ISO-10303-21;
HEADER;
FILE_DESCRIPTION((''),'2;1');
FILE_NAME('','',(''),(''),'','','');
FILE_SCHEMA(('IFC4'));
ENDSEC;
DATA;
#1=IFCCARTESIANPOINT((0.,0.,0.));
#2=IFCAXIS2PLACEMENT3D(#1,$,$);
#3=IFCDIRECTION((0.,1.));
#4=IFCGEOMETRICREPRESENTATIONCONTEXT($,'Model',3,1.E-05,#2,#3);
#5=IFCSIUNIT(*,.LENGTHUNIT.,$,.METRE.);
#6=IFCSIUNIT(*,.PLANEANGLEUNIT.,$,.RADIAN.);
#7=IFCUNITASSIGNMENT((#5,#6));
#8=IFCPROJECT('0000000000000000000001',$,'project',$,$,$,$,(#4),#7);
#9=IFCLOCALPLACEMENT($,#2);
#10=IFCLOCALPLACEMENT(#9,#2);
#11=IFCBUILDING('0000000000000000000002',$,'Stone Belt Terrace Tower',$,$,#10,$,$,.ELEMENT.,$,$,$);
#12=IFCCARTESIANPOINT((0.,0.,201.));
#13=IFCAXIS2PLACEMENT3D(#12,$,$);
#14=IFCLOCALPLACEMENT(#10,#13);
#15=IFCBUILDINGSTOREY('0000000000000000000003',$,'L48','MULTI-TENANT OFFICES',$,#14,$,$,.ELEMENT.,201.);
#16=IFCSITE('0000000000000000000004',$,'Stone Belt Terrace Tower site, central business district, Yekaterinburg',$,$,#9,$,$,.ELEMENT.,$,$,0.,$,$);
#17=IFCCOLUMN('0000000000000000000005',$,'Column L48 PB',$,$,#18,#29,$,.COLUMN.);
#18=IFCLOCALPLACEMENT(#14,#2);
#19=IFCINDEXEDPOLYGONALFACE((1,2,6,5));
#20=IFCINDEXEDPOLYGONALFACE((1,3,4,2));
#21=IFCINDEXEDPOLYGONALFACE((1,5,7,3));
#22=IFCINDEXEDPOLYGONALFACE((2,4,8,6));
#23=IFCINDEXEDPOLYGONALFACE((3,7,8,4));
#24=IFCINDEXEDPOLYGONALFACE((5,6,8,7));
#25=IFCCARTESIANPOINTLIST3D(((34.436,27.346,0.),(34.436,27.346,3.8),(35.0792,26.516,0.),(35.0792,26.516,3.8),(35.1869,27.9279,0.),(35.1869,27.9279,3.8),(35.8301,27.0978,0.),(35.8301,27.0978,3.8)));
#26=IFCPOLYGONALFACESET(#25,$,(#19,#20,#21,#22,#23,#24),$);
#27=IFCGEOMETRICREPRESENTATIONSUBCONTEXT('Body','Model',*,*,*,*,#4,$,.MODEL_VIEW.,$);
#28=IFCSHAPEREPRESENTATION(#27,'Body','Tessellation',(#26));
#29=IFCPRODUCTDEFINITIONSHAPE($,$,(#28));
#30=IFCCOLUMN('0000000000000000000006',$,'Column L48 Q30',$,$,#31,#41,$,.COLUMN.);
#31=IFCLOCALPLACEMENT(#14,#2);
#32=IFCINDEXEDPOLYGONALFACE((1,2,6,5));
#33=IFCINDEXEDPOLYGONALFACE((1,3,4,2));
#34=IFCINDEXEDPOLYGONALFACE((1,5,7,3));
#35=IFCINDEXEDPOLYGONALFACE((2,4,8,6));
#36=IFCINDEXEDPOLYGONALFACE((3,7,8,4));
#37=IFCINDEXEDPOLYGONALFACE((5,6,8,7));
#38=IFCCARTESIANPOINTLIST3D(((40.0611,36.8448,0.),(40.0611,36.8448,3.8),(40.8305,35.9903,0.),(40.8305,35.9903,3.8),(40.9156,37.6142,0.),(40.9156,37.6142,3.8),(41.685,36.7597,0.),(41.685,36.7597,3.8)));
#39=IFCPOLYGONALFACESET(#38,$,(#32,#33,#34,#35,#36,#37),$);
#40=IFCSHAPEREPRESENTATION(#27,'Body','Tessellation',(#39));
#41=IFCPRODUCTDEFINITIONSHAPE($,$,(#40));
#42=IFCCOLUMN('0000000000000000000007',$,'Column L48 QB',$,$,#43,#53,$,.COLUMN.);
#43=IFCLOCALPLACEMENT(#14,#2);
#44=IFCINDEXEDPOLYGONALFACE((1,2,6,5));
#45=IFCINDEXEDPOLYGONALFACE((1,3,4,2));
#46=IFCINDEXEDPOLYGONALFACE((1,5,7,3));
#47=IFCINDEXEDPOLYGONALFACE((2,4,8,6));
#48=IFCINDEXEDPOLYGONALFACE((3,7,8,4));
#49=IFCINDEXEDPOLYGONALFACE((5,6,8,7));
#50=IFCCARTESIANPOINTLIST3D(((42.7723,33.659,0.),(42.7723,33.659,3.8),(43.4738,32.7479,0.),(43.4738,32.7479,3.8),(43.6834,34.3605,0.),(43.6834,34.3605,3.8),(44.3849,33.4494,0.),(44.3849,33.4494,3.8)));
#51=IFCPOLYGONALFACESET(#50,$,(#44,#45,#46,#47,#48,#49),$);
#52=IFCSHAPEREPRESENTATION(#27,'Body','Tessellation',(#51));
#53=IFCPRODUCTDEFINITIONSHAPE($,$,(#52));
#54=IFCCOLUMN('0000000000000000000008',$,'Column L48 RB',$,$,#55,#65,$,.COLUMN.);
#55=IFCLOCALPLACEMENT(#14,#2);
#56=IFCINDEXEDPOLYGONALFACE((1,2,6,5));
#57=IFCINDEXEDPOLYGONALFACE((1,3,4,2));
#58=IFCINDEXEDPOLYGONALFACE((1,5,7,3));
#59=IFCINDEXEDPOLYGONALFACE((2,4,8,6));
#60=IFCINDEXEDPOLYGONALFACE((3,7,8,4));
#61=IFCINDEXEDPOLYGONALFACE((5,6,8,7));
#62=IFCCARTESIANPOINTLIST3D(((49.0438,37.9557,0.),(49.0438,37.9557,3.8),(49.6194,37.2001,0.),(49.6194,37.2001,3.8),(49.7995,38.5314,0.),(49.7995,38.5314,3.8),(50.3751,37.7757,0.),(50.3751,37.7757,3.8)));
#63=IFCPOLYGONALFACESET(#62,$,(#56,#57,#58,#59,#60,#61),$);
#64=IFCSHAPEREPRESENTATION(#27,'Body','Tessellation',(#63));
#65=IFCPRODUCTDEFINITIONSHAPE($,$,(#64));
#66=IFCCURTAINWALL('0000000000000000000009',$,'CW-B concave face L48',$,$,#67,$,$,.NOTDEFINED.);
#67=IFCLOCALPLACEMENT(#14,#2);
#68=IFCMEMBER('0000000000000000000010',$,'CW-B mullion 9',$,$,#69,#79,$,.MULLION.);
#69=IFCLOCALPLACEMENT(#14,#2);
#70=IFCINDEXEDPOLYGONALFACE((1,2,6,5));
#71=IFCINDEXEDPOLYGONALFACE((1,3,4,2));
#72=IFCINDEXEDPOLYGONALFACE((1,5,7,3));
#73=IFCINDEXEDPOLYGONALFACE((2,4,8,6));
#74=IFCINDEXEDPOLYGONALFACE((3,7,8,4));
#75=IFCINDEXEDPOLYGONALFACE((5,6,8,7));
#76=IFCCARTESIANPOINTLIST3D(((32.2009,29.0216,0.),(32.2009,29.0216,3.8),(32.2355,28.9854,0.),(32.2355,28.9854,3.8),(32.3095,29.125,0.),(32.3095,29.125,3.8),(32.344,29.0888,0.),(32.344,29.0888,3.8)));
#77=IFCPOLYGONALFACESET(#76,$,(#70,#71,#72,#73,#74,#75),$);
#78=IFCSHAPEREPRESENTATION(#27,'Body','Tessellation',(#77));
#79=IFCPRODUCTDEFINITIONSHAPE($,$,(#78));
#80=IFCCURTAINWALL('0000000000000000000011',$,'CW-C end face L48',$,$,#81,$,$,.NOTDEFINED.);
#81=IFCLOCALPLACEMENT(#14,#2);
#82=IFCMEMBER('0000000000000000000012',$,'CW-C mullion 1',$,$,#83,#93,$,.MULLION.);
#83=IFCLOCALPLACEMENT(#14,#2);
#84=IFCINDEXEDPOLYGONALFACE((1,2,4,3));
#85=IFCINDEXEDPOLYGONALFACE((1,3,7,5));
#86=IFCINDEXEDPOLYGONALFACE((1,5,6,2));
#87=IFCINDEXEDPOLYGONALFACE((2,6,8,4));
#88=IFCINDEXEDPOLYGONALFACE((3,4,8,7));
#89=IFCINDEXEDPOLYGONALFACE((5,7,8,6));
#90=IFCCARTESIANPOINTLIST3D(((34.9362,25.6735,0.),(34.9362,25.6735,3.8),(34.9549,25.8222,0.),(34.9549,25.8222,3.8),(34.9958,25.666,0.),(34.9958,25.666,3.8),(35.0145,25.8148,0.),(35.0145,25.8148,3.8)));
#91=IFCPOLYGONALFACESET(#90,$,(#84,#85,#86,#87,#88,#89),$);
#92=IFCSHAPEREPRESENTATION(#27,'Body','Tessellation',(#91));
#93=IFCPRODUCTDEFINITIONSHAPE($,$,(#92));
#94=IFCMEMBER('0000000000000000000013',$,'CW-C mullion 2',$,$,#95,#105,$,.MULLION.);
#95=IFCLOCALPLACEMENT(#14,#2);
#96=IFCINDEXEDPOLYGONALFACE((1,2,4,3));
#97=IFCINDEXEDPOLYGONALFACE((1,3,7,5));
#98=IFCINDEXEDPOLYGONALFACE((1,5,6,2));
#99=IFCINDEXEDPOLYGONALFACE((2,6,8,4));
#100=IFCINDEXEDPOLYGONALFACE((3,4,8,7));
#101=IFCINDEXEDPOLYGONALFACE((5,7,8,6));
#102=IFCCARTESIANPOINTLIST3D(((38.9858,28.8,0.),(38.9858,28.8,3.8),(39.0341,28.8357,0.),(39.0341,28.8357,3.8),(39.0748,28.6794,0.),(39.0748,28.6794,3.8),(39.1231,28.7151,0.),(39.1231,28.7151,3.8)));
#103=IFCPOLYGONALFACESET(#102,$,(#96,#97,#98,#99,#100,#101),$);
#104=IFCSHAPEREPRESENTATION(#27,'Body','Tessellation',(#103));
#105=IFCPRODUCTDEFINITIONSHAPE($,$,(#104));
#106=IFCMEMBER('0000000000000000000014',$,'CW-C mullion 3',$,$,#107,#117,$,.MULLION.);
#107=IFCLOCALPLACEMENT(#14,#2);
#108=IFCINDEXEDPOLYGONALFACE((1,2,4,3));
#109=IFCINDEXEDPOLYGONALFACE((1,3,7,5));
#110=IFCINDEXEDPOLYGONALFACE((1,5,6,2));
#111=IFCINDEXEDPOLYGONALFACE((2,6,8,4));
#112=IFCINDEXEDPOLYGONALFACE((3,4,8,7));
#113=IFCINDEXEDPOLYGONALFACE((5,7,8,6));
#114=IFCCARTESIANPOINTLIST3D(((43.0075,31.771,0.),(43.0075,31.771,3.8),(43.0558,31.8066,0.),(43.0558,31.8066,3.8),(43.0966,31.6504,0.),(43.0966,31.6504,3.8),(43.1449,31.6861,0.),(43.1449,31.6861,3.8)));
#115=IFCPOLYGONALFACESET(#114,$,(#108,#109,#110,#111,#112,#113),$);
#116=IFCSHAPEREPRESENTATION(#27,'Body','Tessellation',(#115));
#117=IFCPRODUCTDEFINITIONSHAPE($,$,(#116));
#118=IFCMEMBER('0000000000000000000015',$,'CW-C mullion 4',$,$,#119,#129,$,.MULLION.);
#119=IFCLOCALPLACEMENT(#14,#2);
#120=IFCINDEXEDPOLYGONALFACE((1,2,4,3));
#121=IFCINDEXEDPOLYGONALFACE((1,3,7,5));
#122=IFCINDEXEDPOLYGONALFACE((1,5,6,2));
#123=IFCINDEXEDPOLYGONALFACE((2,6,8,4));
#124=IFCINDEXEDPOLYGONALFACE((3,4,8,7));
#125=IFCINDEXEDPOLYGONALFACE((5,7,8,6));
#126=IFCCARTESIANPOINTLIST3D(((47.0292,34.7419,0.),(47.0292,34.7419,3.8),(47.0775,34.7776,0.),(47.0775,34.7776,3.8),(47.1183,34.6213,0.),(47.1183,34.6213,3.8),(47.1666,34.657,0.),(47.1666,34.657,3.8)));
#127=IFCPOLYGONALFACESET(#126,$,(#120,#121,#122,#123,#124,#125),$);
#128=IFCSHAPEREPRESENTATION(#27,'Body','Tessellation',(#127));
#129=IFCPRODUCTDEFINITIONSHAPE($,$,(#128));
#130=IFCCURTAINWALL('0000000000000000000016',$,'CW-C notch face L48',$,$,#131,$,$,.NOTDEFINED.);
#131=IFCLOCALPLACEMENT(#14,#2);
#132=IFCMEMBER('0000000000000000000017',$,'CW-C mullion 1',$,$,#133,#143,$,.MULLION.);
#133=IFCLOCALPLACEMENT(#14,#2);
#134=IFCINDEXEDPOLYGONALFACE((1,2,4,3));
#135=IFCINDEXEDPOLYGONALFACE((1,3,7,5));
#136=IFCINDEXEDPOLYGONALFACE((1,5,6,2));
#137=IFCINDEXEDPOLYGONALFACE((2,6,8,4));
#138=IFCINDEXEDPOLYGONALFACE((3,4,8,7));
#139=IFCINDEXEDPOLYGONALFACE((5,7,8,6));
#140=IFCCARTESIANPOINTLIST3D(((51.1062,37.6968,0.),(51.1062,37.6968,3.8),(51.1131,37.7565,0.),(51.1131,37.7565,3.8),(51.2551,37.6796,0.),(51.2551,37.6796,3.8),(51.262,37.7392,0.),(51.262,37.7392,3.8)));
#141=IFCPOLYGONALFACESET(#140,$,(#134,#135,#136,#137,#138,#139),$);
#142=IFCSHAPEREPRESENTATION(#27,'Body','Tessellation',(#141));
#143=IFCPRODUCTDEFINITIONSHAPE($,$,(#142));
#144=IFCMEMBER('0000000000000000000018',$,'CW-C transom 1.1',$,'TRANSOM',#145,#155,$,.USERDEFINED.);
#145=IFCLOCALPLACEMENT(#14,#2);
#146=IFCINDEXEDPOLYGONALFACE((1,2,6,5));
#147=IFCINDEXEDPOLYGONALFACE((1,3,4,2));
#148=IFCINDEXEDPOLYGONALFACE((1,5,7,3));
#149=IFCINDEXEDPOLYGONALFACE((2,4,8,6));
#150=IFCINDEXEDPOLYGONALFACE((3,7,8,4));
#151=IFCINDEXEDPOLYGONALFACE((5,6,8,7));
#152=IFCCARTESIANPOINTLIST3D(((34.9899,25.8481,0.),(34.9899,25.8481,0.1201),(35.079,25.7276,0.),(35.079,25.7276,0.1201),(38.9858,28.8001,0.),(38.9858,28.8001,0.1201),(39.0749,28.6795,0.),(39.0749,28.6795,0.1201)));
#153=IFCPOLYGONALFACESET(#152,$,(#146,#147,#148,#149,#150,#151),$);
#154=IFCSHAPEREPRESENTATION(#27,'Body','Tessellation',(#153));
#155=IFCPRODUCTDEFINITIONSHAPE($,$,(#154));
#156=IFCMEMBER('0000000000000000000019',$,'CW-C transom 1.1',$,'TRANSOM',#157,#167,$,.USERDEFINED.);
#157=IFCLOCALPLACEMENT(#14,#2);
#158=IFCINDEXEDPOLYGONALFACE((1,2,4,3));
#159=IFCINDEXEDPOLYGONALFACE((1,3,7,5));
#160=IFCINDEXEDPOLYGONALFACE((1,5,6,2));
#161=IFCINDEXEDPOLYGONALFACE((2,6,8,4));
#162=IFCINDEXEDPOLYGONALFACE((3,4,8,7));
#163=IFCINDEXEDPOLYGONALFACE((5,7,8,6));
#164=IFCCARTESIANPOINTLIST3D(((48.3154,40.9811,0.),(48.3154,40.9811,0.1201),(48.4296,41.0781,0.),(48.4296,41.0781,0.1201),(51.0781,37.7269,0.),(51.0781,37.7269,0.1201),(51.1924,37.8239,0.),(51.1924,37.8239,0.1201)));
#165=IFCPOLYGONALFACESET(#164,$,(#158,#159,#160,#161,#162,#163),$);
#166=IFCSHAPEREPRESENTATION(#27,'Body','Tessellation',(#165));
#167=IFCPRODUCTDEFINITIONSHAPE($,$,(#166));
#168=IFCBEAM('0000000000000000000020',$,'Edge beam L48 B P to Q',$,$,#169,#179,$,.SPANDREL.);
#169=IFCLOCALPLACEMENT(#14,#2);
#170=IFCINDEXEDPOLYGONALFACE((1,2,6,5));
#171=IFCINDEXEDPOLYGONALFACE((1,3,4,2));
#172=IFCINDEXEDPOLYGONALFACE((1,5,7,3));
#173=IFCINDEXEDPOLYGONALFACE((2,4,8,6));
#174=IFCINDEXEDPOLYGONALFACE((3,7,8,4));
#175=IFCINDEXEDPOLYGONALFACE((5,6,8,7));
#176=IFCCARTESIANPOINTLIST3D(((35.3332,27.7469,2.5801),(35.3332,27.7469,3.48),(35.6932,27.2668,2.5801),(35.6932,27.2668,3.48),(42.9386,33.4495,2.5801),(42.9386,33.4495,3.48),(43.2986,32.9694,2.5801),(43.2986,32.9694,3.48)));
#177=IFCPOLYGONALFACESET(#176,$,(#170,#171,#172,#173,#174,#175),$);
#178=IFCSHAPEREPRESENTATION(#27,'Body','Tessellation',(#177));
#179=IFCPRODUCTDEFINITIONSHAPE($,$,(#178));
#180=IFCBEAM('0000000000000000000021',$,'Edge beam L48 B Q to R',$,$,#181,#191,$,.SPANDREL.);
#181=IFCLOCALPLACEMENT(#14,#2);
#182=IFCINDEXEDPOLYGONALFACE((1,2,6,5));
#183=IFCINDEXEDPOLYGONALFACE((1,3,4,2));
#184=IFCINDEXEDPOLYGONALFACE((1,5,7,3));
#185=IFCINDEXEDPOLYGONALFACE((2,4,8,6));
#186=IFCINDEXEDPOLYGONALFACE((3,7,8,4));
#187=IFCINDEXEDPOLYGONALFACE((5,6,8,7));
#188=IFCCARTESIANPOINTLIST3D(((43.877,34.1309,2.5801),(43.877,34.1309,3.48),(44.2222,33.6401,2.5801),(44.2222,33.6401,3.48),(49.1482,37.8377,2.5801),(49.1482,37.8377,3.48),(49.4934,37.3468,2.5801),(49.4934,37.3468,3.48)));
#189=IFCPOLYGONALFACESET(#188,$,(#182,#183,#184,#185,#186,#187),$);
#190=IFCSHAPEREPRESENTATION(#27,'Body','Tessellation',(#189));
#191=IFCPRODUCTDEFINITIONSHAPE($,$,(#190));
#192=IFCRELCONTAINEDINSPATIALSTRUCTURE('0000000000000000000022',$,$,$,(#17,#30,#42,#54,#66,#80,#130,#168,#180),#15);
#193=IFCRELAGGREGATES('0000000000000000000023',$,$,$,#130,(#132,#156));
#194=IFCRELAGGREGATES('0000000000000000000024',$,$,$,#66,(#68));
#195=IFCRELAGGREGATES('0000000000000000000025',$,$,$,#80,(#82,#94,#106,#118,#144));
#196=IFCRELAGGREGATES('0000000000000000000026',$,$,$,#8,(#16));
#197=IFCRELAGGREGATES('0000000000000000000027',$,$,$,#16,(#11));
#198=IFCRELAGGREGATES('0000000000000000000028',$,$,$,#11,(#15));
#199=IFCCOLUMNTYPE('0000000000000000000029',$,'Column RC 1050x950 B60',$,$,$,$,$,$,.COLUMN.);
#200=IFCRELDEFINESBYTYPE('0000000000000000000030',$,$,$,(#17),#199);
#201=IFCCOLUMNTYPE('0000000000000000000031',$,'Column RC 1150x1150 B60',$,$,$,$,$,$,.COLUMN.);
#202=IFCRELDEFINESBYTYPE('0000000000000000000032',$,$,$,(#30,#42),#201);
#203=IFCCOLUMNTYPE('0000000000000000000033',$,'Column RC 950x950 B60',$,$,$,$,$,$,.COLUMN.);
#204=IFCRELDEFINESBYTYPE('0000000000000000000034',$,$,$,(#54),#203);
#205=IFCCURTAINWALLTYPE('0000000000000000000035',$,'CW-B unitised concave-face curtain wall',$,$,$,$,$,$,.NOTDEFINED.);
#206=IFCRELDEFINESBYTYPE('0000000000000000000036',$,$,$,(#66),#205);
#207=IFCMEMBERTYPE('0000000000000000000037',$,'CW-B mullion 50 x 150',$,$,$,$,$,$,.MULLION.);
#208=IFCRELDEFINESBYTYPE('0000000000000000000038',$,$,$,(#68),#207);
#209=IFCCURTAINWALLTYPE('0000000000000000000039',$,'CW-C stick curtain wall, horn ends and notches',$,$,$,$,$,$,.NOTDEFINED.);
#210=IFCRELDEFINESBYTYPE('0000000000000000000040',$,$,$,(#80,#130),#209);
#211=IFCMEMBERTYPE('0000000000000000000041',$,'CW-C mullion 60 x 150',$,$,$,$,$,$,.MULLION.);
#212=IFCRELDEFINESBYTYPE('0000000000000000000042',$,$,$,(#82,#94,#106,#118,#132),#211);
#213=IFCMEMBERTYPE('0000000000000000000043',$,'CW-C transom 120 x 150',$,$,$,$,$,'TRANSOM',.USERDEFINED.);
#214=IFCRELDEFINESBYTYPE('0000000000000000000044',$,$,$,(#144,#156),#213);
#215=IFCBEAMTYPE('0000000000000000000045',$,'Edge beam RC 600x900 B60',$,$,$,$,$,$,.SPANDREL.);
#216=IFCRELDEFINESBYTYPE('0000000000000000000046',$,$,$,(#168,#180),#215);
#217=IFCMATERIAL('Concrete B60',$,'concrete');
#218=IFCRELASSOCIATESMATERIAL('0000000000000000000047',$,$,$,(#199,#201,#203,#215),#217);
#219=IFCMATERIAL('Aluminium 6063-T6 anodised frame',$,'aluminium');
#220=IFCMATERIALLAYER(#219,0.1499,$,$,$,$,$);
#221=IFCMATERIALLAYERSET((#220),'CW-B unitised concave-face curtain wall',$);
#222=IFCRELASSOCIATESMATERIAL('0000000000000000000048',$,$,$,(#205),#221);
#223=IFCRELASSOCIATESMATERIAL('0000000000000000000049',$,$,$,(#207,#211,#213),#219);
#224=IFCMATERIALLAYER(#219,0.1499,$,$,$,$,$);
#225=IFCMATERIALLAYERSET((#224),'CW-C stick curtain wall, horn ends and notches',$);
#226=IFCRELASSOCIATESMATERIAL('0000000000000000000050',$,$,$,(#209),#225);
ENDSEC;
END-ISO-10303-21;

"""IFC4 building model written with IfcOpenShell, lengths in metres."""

from ifc_helpers import new_model, si_unit, direction, frame, origin, origin_2d, place, context, subcontext, project, spatial, rectangle, extrude, material, layer, layer_set, material_profile, profile_set, type_object, element, aggregate, save


model = new_model("IFC4")

# Units and contexts
model_context = context("Model", 3, precision=1e-05, world=origin(), true_north=direction((0.0, 1.0)))
body_context = subcontext(model_context, "Body", "Model", "MODEL_VIEW")
ifc_project = project(units=[si_unit("LENGTHUNIT", "METRE"), si_unit("PLANEANGLEUNIT", "RADIAN")], contexts=[model_context])

# Site, building, storey
site_placement = place(None, origin())
site = spatial("IfcSite", under=ifc_project, at=site_placement, Name="Stone Belt Terrace Tower site, central business district, Yekaterinburg", CompositionType="ELEMENT", RefElevation=0.0)
building_placement = place(site_placement, origin())
building = spatial("IfcBuilding", under=site, at=building_placement, Name="Stone Belt Terrace Tower", CompositionType="ELEMENT")
storey_placement = place(building_placement, frame((0.0, 0.0, 201.0)))
storey = spatial("IfcBuildingStorey", under=building, at=storey_placement, Name="L48", Description="MULTI-TENANT OFFICES", CompositionType="ELEMENT", Elevation=201.0)

# Columns
ifc_material_1 = material(Name="Concrete B60", Category="concrete")
ifc_material_profile_1 = material_profile(ifc_material_1, rectangle(XDim=1.05, YDim=0.95, at=origin_2d()), Name="RC 1050x950")
ifc_profile_set_1 = profile_set([ifc_material_profile_1], Name="Concrete B60")
column_type_1 = type_object("IfcColumnType", Name="Column RC 1050x950 B60", PredefinedType="COLUMN", material=ifc_profile_set_1)
column_1_placement = place(storey_placement, frame((35.1331, 27.2219, 0.0), z_axis=(0.0, 0.0, 1.0), x_axis=(0.612485, -0.790482, 0.0)))
element("IfcColumn", 1, at=column_1_placement, inside=storey, type_object=column_type_1, Name="Column L48 PB", PredefinedType="COLUMN", context=body_context, shape_type="SweptSolid", body=[
    extrude(rectangle(XDim=1.05, YDim=0.95, at=origin_2d()), origin(), (0.0, 0.0, 1.0), 3.8),
])
ifc_material_profile_2 = material_profile(ifc_material_1, rectangle(XDim=1.1499, YDim=1.1499, at=origin_2d()), Name="RC 1150x1150")
ifc_profile_set_2 = profile_set([ifc_material_profile_2], Name="Concrete B60")
column_type_2 = type_object("IfcColumnType", Name="Column RC 1150x1150 B60", PredefinedType="COLUMN", material=ifc_profile_set_2)
for number, where, z_axis, x_axis, name in (
    (2, (40.873, 36.8022, 0.0), (0.0, 0.0, 1.0), (0.669131, -0.743145, 0.0), "Column L48 Q30"),
    (3, (43.5786, 33.5542, 0.0), (0.0, 0.0, 1.0), (0.610079, -0.792341, 0.0), "Column L48 QB"),
):
    element("IfcColumn", number, at=place(storey_placement, frame(where, z_axis=z_axis, x_axis=x_axis)), inside=storey, type_object=column_type_2, Name=name, PredefinedType="COLUMN", context=body_context, shape_type="SweptSolid", body=[
        extrude(rectangle(XDim=1.1499, YDim=1.1499, at=origin_2d()), origin(), (0.0, 0.0, 1.0), 3.8),
    ])
ifc_material_profile_3 = material_profile(ifc_material_1, rectangle(XDim=0.95, YDim=0.95, at=origin_2d()), Name="RC 950x950")
ifc_profile_set_3 = profile_set([ifc_material_profile_3], Name="Concrete B60")
column_type_3 = type_object("IfcColumnType", Name="Column RC 950x950 B60", PredefinedType="COLUMN", material=ifc_profile_set_3)
column_2_placement = place(storey_placement, frame((49.7095, 37.8657, 0.0), z_axis=(0.0, 0.0, 1.0), x_axis=(0.605961, -0.795495, 0.0)))
element("IfcColumn", 4, at=column_2_placement, inside=storey, type_object=column_type_3, Name="Column L48 RB", PredefinedType="COLUMN", context=body_context, shape_type="SweptSolid", body=[
    extrude(rectangle(XDim=0.95, YDim=0.95, at=origin_2d()), origin(), (0.0, 0.0, 1.0), 3.8),
])

# Curtain wall, member
ifc_material_2 = material(Name="Aluminium 6063-T6 anodised frame", Category="aluminium")
ifc_layer_1 = layer(ifc_material_2, 0.1499)
ifc_layer_set_1 = layer_set([ifc_layer_1], Name="CW-B unitised concave-face curtain wall")
curtain_wall_type_1 = type_object("IfcCurtainWallType", Name="CW-B unitised concave-face curtain wall", PredefinedType="NOTDEFINED", material=ifc_layer_set_1)
curtain_wall_1_placement = place(storey_placement, origin())
curtain_wall_1 = element("IfcCurtainWall", 5, at=curtain_wall_1_placement, inside=storey, type_object=curtain_wall_type_1, Name="CW-B concave face L48", PredefinedType="NOTDEFINED")
ifc_material_profile_4 = material_profile(ifc_material_2, rectangle(XDim=0.1499, YDim=0.05, at=origin_2d()), Name="Aluminium 6063-T6 50x150")
ifc_profile_set_4 = profile_set([ifc_material_profile_4], Name="Aluminium 6063-T6 anodised frame")
member_type_1 = type_object("IfcMemberType", Name="CW-B mullion 50 x 150", PredefinedType="MULLION", material=ifc_profile_set_4)
member_1_placement = place(storey_placement, frame((32.2725, 29.0552, 0.0), z_axis=(0.0, 0.0, 1.0), x_axis=(0.724008, 0.689792, 0.0)))
member_1 = element("IfcMember", 6, at=member_1_placement, type_object=member_type_1, Name="CW-B mullion 9", PredefinedType="MULLION", context=body_context, shape_type="SweptSolid", body=[
    extrude(rectangle(XDim=0.1499, YDim=0.05, at=origin_2d()), origin(), (0.0, 0.0, 1.0), 3.8),
])

# Curtain wall, members
ifc_layer_2 = layer(ifc_material_2, 0.1499)
ifc_layer_set_2 = layer_set([ifc_layer_2], Name="CW-C stick curtain wall, horn ends and notches")
curtain_wall_type_2 = type_object("IfcCurtainWallType", Name="CW-C stick curtain wall, horn ends and notches", PredefinedType="NOTDEFINED", material=ifc_layer_set_2)
curtain_wall_2_placement = place(storey_placement, origin())
curtain_wall_2 = element("IfcCurtainWall", 7, at=curtain_wall_2_placement, inside=storey, type_object=curtain_wall_type_2, Name="CW-C end face L48", PredefinedType="NOTDEFINED")
ifc_material_profile_5 = material_profile(ifc_material_2, rectangle(XDim=0.1499, YDim=0.0601, at=origin_2d()), Name="Aluminium 6063-T6 60x150")
ifc_profile_set_5 = profile_set([ifc_material_profile_5], Name="Aluminium 6063-T6 anodised frame")
member_type_2 = type_object("IfcMemberType", Name="CW-C mullion 60 x 150", PredefinedType="MULLION", material=ifc_profile_set_5)
member_2_placement = place(storey_placement, frame((34.9753, 25.7441, 0.0), z_axis=(0.0, 0.0, 1.0), x_axis=(0.124626, 0.992204, 0.0)))
member_2 = element("IfcMember", 8, at=member_2_placement, type_object=member_type_2, Name="CW-C mullion 1", PredefinedType="MULLION", context=body_context, shape_type="SweptSolid", body=[
    extrude(rectangle(XDim=0.1499, YDim=0.0601, at=origin_2d()), origin(), (0.0, 0.0, 1.0), 3.8),
])
member_3_placement = place(storey_placement, frame((39.0544, 28.7576, 0.0), z_axis=(0.0, 0.0, 1.0), x_axis=(-0.594184, 0.804329, 0.0)))
member_3 = element("IfcMember", 9, at=member_3_placement, type_object=member_type_2, Name="CW-C mullion 2", PredefinedType="MULLION", context=body_context, shape_type="SweptSolid", body=[
    extrude(rectangle(XDim=0.1499, YDim=0.0601, at=origin_2d()), origin(), (0.0, 0.0, 1.0), 3.8),
])
member_4_placement = place(storey_placement, frame((43.0762, 31.7285, 0.0), z_axis=(0.0, 0.0, 1.0), x_axis=(-0.594184, 0.804329, 0.0)))
member_4 = element("IfcMember", 10, at=member_4_placement, type_object=member_type_2, Name="CW-C mullion 3", PredefinedType="MULLION", context=body_context, shape_type="SweptSolid", body=[
    extrude(rectangle(XDim=0.1499, YDim=0.0601, at=origin_2d()), origin(), (0.0, 0.0, 1.0), 3.8),
])
member_5_placement = place(storey_placement, frame((47.0979, 34.6995, 0.0), z_axis=(0.0, 0.0, 1.0), x_axis=(-0.594184, 0.804329, 0.0)))
member_5 = element("IfcMember", 11, at=member_5_placement, type_object=member_type_2, Name="CW-C mullion 4", PredefinedType="MULLION", context=body_context, shape_type="SweptSolid", body=[
    extrude(rectangle(XDim=0.1499, YDim=0.0601, at=origin_2d()), origin(), (0.0, 0.0, 1.0), 3.8),
])

# Curtain wall, member
curtain_wall_3_placement = place(storey_placement, origin())
curtain_wall_3 = element("IfcCurtainWall", 12, at=curtain_wall_3_placement, inside=storey, type_object=curtain_wall_type_2, Name="CW-C notch face L48", PredefinedType="NOTDEFINED")
member_6_placement = place(storey_placement, frame((51.1841, 37.718, 0.0), z_axis=(0.0, 0.0, 1.0), x_axis=(-0.993359, 0.115057, 0.0)))
member_6 = element("IfcMember", 13, at=member_6_placement, type_object=member_type_2, Name="CW-C mullion 1", PredefinedType="MULLION", context=body_context, shape_type="SweptSolid", body=[
    extrude(rectangle(XDim=0.1499, YDim=0.0601, at=origin_2d()), origin(), (0.0, 0.0, 1.0), 3.8),
])

# Members
ifc_material_profile_6 = material_profile(ifc_material_2, rectangle(XDim=0.1499, YDim=0.1201, at=origin_2d()), Name="Aluminium 6063-T6 150x120")
ifc_profile_set_6 = profile_set([ifc_material_profile_6], Name="Aluminium 6063-T6 anodised frame")
member_type_3 = type_object("IfcMemberType", Name="CW-C transom 120 x 150", ElementType="TRANSOM", PredefinedType="USERDEFINED", material=ifc_profile_set_6)
member_7_placement = place(storey_placement, frame((35.0344, 25.7878, 0.0601), z_axis=(0.804325, 0.594189, 0.0), x_axis=(-0.594189, 0.804325, 0.0)))
member_7 = element("IfcMember", 14, at=member_7_placement, type_object=member_type_3, Name="CW-C transom 1.1", ObjectType="TRANSOM", PredefinedType="USERDEFINED", context=body_context, shape_type="SweptSolid", body=[
    extrude(rectangle(XDim=0.1499, YDim=0.1201, at=origin_2d()), origin(), (0.0, 0.0, 1.0), 4.968),
])
member_8_placement = place(storey_placement, frame((51.1353, 37.7754, 0.0601), z_axis=(-0.647195, 0.762324, 0.0), x_axis=(-0.762324, -0.647195, 0.0)))
member_8 = element("IfcMember", 15, at=member_8_placement, type_object=member_type_3, Name="CW-C transom 1.1", ObjectType="TRANSOM", PredefinedType="USERDEFINED", context=body_context, shape_type="SweptSolid", body=[
    extrude(rectangle(XDim=0.1499, YDim=0.1201, at=origin_2d()), origin(), (0.0, 0.0, 1.0), 4.2688),
])
aggregate(curtain_wall_3, [member_6, member_8])

# Beams
ifc_material_profile_7 = material_profile(ifc_material_1, rectangle(XDim=0.6001, YDim=0.8999, at=origin_2d()), Name="RC 600x900")
ifc_profile_set_7 = profile_set([ifc_material_profile_7], Name="Concrete B60")
beam_type = type_object("IfcBeamType", Name="Edge beam RC 600x900 B60", PredefinedType="SPANDREL", material=ifc_profile_set_7)
beam_1_placement = place(storey_placement, frame((35.5132, 27.5068, 3.03), z_axis=(0.800074, 0.599901, 0.0), x_axis=(-0.599901, 0.800074, 0.0)))
element("IfcBeam", 16, at=beam_1_placement, inside=storey, type_object=beam_type, Name="Edge beam L48 B P to Q", PredefinedType="SPANDREL", context=body_context, shape_type="SweptSolid", body=[
    extrude(rectangle(XDim=0.6001, YDim=0.8999, at=origin_2d()), origin(), (0.0, 0.0, 1.0), 9.5059),
])
beam_2_placement = place(storey_placement, frame((44.0496, 33.8855, 3.03), z_axis=(0.817997, 0.575223, 0.0), x_axis=(-0.575223, 0.817997, 0.0)))
element("IfcBeam", 17, at=beam_2_placement, inside=storey, type_object=beam_type, Name="Edge beam L48 B Q to R", PredefinedType="SPANDREL", context=body_context, shape_type="SweptSolid", body=[
    extrude(rectangle(XDim=0.6001, YDim=0.8999, at=origin_2d()), origin(), (0.0, 0.0, 1.0), 6.4441),
])

aggregate(curtain_wall_1, [member_1])
aggregate(curtain_wall_2, [member_2, member_3, member_4, member_5, member_7])

save(model, "model.ifc")
